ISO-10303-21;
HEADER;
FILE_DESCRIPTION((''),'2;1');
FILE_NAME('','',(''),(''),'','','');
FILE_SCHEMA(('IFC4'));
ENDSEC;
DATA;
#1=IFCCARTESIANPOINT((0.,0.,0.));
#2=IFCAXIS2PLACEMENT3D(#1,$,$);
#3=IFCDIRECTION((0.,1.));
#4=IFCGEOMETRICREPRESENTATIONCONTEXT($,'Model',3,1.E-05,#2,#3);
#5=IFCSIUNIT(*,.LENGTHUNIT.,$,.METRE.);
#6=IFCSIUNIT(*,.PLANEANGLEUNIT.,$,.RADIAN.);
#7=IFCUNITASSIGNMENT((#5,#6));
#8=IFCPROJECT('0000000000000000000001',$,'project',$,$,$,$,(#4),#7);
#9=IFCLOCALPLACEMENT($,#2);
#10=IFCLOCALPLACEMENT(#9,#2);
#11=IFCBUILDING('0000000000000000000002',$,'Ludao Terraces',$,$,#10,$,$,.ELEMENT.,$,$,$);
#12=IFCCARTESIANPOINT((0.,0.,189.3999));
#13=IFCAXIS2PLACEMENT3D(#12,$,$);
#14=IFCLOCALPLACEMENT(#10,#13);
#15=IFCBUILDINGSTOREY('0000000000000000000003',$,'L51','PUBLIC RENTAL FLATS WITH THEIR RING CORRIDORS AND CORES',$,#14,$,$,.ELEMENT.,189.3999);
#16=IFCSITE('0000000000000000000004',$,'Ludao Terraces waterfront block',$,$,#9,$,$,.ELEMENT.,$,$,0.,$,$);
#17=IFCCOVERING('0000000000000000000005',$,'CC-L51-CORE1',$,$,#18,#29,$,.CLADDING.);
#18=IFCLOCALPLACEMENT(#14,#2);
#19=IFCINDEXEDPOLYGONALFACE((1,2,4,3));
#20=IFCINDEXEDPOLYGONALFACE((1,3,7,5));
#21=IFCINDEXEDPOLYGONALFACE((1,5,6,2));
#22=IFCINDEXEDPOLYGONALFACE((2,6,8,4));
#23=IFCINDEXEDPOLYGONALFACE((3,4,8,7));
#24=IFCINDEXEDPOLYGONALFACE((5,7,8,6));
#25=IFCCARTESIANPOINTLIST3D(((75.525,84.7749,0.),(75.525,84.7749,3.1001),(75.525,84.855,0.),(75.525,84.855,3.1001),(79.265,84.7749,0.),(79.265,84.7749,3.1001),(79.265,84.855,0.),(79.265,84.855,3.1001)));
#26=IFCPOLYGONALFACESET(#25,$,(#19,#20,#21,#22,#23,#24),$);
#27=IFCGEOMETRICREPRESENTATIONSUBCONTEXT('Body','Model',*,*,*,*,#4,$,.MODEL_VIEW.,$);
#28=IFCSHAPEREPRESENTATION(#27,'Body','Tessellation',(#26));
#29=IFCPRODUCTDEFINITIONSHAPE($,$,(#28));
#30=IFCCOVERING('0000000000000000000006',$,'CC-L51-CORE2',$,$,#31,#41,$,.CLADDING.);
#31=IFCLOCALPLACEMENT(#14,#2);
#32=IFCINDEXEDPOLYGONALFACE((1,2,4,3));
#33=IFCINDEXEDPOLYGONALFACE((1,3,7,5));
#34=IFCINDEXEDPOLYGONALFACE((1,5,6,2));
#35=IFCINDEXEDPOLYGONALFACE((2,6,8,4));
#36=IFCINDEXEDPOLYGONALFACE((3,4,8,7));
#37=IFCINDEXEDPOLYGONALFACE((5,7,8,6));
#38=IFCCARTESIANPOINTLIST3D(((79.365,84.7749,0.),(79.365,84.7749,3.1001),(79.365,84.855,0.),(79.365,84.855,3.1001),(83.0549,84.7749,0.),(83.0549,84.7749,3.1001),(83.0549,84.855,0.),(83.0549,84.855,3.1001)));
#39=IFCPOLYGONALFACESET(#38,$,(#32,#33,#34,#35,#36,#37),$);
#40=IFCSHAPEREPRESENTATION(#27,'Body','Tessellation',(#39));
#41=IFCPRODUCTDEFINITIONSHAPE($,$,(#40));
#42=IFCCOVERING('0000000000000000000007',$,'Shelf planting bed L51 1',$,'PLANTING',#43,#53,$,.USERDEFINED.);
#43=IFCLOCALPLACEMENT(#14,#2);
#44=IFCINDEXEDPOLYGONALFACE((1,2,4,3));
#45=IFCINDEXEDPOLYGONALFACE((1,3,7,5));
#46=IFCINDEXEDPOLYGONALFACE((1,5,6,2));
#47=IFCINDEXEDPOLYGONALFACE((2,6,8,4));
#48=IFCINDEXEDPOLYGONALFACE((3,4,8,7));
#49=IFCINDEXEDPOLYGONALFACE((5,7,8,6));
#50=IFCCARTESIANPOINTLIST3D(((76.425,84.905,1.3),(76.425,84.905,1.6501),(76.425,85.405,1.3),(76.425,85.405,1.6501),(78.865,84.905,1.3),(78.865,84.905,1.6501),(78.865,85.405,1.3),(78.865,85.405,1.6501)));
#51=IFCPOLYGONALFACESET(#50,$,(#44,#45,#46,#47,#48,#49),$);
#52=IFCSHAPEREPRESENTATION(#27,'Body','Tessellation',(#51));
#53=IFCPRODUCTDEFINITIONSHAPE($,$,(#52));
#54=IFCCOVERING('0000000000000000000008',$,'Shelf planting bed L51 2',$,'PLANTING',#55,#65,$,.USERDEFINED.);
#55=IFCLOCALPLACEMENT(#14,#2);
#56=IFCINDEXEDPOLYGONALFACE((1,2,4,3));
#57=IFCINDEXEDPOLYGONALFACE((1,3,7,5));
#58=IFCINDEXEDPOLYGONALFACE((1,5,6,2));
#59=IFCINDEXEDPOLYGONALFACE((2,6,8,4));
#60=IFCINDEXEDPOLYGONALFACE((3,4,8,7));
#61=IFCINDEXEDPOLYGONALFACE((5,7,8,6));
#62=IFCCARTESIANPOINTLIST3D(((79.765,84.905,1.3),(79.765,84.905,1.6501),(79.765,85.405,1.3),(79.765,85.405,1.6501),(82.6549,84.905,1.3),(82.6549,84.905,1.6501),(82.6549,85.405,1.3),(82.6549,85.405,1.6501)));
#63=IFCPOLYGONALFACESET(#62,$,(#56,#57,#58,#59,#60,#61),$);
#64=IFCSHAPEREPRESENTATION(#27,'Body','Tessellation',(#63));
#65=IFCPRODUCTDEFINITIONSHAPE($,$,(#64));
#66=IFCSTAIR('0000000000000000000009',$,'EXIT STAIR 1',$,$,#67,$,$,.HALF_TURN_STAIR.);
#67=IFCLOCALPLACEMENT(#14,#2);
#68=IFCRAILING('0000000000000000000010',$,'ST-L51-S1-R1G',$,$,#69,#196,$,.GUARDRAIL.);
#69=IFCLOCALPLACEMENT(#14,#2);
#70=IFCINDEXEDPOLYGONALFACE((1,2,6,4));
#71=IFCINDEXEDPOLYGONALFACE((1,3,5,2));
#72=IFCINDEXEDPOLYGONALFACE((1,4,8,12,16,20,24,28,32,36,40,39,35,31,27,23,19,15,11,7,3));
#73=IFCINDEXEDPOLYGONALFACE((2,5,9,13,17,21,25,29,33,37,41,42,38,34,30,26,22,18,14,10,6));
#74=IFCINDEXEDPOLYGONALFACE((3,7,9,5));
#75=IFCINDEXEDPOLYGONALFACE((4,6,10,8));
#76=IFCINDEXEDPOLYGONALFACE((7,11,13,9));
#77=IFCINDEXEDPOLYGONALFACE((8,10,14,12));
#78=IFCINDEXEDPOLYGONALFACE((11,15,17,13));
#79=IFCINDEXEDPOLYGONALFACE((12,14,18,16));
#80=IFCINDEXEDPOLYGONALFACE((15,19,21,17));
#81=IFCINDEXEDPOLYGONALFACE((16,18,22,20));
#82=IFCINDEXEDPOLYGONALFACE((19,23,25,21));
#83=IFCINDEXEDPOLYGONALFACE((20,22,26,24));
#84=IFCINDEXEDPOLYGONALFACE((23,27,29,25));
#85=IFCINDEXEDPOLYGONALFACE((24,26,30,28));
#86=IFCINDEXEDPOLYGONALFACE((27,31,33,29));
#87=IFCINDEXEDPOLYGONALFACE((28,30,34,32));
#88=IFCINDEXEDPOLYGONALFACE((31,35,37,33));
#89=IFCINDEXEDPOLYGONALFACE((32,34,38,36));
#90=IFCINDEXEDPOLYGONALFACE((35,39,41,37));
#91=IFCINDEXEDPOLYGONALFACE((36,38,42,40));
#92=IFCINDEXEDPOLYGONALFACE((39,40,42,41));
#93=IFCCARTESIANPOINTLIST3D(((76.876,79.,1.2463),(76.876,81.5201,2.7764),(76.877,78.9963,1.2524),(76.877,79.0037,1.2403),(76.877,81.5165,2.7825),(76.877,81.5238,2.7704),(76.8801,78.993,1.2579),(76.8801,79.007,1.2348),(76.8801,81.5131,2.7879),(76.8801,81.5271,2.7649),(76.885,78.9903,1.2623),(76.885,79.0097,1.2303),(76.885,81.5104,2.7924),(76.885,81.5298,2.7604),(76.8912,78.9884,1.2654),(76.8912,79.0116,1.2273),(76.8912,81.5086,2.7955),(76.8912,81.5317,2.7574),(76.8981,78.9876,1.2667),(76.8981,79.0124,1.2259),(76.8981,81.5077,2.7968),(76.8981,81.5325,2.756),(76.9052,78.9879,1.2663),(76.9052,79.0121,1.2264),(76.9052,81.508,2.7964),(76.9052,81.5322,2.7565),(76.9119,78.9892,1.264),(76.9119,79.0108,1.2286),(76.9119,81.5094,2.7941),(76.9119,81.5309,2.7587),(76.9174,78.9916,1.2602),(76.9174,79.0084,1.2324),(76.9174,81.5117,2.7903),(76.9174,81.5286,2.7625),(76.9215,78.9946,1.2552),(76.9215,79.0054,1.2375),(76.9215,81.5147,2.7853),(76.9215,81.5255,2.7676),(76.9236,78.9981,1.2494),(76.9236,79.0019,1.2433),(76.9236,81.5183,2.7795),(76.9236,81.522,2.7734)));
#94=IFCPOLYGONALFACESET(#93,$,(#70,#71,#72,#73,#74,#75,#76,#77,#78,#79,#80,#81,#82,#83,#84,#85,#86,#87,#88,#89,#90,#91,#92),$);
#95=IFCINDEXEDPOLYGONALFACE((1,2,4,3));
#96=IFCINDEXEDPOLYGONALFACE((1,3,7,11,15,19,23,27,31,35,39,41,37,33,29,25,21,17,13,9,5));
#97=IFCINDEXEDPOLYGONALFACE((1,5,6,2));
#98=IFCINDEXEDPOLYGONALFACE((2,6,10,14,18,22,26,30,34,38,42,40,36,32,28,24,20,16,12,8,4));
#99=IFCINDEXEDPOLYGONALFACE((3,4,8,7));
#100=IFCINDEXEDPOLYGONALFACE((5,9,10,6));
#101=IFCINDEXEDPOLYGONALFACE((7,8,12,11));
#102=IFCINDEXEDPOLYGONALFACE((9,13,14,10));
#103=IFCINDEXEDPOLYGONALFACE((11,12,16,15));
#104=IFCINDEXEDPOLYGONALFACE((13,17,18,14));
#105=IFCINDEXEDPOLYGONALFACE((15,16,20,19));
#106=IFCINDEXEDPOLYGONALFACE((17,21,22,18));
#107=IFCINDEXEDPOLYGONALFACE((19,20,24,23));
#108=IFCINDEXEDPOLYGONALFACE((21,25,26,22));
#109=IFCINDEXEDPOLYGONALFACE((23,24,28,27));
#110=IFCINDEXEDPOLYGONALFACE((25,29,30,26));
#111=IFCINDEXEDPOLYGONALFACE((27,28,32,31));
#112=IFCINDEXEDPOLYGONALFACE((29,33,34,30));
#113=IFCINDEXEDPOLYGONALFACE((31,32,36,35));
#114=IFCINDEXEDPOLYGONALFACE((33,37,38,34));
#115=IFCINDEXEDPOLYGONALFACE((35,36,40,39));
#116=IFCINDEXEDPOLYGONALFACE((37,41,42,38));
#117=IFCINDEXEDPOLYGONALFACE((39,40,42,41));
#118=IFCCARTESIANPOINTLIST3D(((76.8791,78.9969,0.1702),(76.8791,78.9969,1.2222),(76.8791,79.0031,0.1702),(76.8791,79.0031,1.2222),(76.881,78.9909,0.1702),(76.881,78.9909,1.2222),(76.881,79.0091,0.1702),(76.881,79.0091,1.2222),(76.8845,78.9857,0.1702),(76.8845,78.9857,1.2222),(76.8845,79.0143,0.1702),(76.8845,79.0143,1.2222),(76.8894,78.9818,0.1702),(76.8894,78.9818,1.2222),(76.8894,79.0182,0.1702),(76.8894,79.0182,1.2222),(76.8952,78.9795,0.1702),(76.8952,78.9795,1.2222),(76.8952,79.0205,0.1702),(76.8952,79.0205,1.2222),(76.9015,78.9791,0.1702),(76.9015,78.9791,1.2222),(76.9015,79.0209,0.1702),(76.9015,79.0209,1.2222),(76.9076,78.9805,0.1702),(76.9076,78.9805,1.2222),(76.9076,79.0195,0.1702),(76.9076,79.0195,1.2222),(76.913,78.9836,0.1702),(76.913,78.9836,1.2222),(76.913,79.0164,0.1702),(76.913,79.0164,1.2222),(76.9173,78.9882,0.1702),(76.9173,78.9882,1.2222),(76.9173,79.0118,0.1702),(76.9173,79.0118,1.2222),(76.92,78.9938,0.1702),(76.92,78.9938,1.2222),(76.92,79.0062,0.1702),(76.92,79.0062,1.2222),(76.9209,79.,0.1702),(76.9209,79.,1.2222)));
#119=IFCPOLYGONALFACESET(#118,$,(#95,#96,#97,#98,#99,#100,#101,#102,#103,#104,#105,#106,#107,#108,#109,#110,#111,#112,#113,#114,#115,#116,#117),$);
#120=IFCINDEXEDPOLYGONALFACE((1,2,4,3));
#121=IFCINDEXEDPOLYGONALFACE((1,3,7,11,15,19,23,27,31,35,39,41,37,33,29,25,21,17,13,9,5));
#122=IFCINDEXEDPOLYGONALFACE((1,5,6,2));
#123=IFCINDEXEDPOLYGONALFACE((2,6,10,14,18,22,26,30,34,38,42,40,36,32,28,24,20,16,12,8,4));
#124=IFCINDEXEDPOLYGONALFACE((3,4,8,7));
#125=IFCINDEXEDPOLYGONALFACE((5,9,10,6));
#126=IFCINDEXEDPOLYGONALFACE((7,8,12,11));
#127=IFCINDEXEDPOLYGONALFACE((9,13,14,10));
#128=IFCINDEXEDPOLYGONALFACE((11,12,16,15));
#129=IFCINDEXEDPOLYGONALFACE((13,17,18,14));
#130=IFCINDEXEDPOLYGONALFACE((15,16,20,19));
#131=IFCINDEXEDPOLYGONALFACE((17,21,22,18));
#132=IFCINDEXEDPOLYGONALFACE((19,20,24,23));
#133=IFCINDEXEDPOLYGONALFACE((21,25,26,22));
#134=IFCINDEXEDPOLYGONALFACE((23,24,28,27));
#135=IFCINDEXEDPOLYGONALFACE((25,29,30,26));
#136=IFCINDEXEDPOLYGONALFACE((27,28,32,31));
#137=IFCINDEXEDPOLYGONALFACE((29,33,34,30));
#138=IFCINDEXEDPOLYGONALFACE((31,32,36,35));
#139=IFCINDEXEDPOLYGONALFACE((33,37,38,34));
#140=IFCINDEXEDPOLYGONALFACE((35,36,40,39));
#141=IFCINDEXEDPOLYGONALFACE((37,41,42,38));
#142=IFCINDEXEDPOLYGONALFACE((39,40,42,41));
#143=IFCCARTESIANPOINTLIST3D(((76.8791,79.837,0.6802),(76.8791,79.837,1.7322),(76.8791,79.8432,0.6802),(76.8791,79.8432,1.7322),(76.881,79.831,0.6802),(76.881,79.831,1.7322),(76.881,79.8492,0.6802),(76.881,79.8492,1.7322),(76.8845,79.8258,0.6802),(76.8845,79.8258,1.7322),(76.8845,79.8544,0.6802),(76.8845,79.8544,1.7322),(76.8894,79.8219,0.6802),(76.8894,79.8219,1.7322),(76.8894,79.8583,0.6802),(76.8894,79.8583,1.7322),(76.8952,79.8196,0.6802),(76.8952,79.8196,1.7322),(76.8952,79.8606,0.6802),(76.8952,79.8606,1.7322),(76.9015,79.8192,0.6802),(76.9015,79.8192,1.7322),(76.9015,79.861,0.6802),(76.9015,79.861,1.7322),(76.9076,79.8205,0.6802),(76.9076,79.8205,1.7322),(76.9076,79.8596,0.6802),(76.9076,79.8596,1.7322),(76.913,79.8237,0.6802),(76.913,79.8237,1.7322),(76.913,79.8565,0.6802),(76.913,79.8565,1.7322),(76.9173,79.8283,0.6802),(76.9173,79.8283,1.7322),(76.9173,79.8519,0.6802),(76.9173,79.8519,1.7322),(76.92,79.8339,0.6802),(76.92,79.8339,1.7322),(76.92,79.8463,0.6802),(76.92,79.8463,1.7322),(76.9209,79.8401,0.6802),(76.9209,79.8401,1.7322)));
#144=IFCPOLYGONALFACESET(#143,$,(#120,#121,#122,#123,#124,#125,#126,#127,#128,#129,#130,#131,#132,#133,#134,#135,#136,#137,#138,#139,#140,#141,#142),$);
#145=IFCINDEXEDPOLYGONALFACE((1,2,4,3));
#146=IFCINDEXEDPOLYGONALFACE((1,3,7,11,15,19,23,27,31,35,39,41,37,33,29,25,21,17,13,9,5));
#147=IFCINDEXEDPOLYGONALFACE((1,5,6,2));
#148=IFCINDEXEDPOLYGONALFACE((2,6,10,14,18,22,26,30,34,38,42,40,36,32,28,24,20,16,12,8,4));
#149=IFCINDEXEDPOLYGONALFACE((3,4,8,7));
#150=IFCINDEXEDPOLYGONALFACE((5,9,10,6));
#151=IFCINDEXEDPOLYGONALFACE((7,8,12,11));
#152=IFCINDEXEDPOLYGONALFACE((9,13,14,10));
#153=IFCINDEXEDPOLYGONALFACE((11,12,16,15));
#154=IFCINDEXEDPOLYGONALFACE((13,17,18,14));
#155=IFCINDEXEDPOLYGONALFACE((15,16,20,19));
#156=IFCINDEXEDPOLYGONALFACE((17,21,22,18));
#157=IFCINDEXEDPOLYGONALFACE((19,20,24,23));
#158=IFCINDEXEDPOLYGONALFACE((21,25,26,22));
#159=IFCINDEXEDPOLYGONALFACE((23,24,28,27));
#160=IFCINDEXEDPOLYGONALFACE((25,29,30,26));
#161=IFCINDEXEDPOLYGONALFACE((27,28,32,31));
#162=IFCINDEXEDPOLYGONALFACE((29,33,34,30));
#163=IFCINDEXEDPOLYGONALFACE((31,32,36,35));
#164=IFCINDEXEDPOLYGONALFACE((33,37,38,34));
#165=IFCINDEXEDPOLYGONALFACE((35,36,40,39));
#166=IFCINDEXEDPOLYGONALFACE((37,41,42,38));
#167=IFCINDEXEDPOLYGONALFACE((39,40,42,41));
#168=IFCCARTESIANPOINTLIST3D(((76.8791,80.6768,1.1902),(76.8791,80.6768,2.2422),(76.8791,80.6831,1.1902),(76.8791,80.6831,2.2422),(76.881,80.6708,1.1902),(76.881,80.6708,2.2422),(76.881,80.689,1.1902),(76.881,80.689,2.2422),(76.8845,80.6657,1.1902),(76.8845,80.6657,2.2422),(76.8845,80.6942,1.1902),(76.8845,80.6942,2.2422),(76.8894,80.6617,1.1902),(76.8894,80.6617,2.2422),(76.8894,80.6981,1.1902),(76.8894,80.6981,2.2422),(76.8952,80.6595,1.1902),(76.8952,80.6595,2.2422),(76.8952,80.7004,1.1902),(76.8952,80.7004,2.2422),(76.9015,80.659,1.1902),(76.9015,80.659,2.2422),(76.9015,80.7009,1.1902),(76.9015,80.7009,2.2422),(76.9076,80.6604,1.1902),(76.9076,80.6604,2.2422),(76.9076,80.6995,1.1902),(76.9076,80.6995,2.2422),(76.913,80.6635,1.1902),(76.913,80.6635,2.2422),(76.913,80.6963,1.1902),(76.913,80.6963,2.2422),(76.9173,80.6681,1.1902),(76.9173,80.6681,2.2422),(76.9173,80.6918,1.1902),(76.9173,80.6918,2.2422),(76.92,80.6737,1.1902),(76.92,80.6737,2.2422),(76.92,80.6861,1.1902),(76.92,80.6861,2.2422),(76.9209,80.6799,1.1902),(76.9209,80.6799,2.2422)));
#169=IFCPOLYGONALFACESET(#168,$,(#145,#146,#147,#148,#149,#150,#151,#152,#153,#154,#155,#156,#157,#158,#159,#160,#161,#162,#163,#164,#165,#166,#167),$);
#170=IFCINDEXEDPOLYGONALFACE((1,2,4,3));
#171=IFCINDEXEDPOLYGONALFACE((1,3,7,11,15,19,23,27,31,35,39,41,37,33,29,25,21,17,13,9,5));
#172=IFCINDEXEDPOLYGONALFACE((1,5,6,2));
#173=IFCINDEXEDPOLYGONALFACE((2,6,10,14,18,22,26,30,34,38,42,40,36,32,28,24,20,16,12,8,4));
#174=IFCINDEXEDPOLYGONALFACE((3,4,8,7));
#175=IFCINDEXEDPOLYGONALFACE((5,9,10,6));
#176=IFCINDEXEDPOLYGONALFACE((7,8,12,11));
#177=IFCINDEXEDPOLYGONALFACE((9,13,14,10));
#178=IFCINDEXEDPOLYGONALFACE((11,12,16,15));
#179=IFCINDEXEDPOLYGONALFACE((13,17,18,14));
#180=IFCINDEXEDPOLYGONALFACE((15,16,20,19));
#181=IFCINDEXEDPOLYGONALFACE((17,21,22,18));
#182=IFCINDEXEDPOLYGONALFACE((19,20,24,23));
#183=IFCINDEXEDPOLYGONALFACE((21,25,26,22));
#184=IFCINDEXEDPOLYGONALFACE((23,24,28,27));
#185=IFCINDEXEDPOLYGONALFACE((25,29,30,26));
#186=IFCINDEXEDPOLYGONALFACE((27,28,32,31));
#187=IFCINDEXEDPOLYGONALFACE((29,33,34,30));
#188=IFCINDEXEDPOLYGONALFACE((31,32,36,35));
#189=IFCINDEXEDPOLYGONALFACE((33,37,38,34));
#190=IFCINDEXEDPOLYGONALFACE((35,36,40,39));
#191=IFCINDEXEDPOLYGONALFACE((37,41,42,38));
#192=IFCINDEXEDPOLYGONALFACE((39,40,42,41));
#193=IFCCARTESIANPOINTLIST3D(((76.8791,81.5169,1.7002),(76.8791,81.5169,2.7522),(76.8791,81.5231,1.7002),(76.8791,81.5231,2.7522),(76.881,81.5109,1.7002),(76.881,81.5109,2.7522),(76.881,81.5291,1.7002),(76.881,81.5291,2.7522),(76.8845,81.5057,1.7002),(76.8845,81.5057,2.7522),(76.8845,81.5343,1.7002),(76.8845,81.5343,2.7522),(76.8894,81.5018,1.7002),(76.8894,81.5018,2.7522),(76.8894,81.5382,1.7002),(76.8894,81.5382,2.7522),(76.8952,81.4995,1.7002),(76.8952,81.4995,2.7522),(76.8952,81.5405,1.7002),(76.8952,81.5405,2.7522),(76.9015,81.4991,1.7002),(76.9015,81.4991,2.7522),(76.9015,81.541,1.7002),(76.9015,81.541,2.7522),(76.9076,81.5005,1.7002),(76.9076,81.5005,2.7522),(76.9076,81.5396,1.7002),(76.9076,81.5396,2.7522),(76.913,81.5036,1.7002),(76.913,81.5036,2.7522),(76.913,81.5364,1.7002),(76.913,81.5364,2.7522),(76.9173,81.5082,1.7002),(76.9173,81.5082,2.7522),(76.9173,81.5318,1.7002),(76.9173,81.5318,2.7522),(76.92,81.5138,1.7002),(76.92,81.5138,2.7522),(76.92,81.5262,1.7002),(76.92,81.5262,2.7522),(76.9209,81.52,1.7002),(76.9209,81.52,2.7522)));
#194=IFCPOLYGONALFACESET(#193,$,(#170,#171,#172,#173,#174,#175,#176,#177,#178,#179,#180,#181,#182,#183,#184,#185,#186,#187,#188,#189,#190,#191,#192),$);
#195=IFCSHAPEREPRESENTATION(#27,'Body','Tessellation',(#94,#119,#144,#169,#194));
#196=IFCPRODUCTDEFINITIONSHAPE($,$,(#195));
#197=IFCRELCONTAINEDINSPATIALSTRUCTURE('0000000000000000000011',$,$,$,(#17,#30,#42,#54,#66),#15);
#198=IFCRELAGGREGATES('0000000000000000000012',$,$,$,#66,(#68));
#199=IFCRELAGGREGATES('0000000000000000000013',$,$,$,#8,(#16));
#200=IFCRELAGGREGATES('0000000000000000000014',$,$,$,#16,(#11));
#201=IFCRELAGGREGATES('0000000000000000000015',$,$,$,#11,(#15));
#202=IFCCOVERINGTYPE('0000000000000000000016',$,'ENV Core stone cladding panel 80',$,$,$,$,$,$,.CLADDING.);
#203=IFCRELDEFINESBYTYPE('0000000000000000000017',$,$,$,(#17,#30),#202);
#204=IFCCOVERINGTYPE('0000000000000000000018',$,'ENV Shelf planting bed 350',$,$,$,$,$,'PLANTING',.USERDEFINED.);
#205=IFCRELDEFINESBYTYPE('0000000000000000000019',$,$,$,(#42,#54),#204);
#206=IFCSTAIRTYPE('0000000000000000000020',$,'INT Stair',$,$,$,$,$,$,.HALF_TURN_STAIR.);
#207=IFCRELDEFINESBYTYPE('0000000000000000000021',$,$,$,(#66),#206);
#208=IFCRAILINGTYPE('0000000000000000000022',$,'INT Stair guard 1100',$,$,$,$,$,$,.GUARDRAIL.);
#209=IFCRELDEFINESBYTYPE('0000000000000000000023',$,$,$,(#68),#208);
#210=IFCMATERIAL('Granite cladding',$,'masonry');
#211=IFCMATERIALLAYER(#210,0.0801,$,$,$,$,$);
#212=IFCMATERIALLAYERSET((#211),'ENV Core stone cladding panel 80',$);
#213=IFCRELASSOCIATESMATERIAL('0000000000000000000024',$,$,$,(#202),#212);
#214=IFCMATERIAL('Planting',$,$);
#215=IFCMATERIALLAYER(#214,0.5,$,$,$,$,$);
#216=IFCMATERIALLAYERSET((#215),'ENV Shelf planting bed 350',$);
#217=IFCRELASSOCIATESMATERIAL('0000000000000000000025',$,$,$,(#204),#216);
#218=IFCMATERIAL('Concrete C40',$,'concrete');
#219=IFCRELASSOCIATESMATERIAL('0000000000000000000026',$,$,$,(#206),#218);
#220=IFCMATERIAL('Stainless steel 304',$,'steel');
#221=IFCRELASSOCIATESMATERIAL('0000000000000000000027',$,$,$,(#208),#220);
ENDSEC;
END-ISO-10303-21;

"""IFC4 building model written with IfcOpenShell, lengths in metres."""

from ifc_helpers import new_model, si_unit, direction, frame, origin, origin_2d, place, context, subcontext, project, spatial, rectangle, circle, extrude, material, layer, layer_set, type_object, element, aggregate, save


model = new_model("IFC4")

# Units and contexts
model_context = context("Model", 3, precision=1e-05, world=origin(), true_north=direction((0.0, 1.0)))
body_context = subcontext(model_context, "Body", "Model", "MODEL_VIEW")
ifc_project = project(units=[si_unit("LENGTHUNIT", "METRE"), si_unit("PLANEANGLEUNIT", "RADIAN")], contexts=[model_context])

# Site, building, storey
site_placement = place(None, origin())
site = spatial("IfcSite", under=ifc_project, at=site_placement, Name="Ludao Terraces waterfront block", CompositionType="ELEMENT", RefElevation=0.0)
building_placement = place(site_placement, origin())
building = spatial("IfcBuilding", under=site, at=building_placement, Name="Ludao Terraces", CompositionType="ELEMENT")
storey_placement = place(building_placement, frame((0.0, 0.0, 189.3999)))
storey = spatial("IfcBuildingStorey", under=building, at=storey_placement, Name="L51", Description="PUBLIC RENTAL FLATS WITH THEIR RING CORRIDORS AND CORES", CompositionType="ELEMENT", Elevation=189.3999)

# Shared definitions
ifc_material_1 = material(Name="Granite cladding", Category="masonry")
ifc_material_2 = material(Name="Concrete C40", Category="concrete")

# Shared definitions
ifc_material_3 = material(Name="Stainless steel 304", Category="steel")

# Coverings
ifc_layer_1 = layer(ifc_material_1, 0.0801)
ifc_layer_set_1 = layer_set([ifc_layer_1], Name="ENV Core stone cladding panel 80")
covering_type_1 = type_object("IfcCoveringType", Name="ENV Core stone cladding panel 80", PredefinedType="CLADDING", material=ifc_layer_set_1)
covering_1_placement = place(storey_placement, frame((77.395, 84.8149, 0.0), z_axis=(0.0, 0.0, 1.0), x_axis=(1.0, 0.0, 0.0)))
element("IfcCovering", 1, at=covering_1_placement, inside=storey, type_object=covering_type_1, Name="CC-L51-CORE1", PredefinedType="CLADDING", context=body_context, shape_type="SweptSolid", body=[
    extrude(rectangle(XDim=3.74, YDim=0.0801, at=origin_2d()), origin(), (0.0, 0.0, 1.0), 3.1001),
])
covering_2_placement = place(storey_placement, frame((81.21, 84.8149, 0.0), z_axis=(0.0, 0.0, 1.0), x_axis=(1.0, 0.0, 0.0)))
element("IfcCovering", 2, at=covering_2_placement, inside=storey, type_object=covering_type_1, Name="CC-L51-CORE2", PredefinedType="CLADDING", context=body_context, shape_type="SweptSolid", body=[
    extrude(rectangle(XDim=3.6899, YDim=0.0801, at=origin_2d()), origin(), (0.0, 0.0, 1.0), 3.1001),
])
ifc_material_4 = material(Name="Planting")
ifc_layer_2 = layer(ifc_material_4, 0.5)
ifc_layer_set_2 = layer_set([ifc_layer_2], Name="ENV Shelf planting bed 350")
covering_type_2 = type_object("IfcCoveringType", Name="ENV Shelf planting bed 350", ElementType="PLANTING", PredefinedType="USERDEFINED", material=ifc_layer_set_2)
covering_3_placement = place(storey_placement, frame((77.645, 85.155, 1.3), z_axis=(0.0, 0.0, 1.0), x_axis=(1.0, 0.0, 0.0)))
element("IfcCovering", 3, at=covering_3_placement, inside=storey, type_object=covering_type_2, Name="Shelf planting bed L51 1", ObjectType="PLANTING", PredefinedType="USERDEFINED", context=body_context, shape_type="SweptSolid", body=[
    extrude(rectangle(XDim=2.4399, YDim=0.5, at=origin_2d()), origin(), (0.0, 0.0, 1.0), 0.3501),
])
covering_4_placement = place(storey_placement, frame((81.21, 85.155, 1.3), z_axis=(0.0, 0.0, 1.0), x_axis=(1.0, 0.0, 0.0)))
element("IfcCovering", 4, at=covering_4_placement, inside=storey, type_object=covering_type_2, Name="Shelf planting bed L51 2", ObjectType="PLANTING", PredefinedType="USERDEFINED", context=body_context, shape_type="SweptSolid", body=[
    extrude(rectangle(XDim=2.8899, YDim=0.5, at=origin_2d()), origin(), (0.0, 0.0, 1.0), 0.3501),
])

# Stair, railing
stair_type = type_object("IfcStairType", Name="INT Stair", PredefinedType="HALF_TURN_STAIR", material=ifc_material_2)
stair_placement = place(storey_placement, origin())
stair = element("IfcStair", 5, at=stair_placement, inside=storey, type_object=stair_type, Name="EXIT STAIR 1", PredefinedType="HALF_TURN_STAIR")
railing_type_1 = type_object("IfcRailingType", Name="INT Stair guard 1100", PredefinedType="GUARDRAIL", material=ifc_material_3)
railing_1_placement = place(storey_placement, frame((76.8999, 79.0, 0.1702)))
railing_1 = element("IfcRailing", 6, at=railing_1_placement, type_object=railing_type_1, Name="ST-L51-S1-R1G", PredefinedType="GUARDRAIL", context=body_context, shape_type="SweptSolid", body=[
    extrude(circle(Radius=0.0239, at=origin_2d()), frame((0.0, 0.0, 1.0762), z_axis=(0.0, 0.854785, 0.518982), x_axis=(-1.0, 0.0, 0.0)), (0.0, 0.0, 1.0), 2.9482),
    extrude(circle(Radius=0.021, at=origin_2d()), origin(), (0.0, 0.0, 1.0), 1.052),
    extrude(circle(Radius=0.021, at=origin_2d()), frame((0.0, 0.8401, 0.51)), (0.0, 0.0, 1.0), 1.052),
    extrude(circle(Radius=0.021, at=origin_2d()), frame((0.0, 1.6799, 1.02)), (0.0, 0.0, 1.0), 1.052),
    extrude(circle(Radius=0.021, at=origin_2d()), frame((0.0, 2.52, 1.53)), (0.0, 0.0, 1.0), 1.052),
])
aggregate(stair, [railing_1])

save(model, "model.ifc")
